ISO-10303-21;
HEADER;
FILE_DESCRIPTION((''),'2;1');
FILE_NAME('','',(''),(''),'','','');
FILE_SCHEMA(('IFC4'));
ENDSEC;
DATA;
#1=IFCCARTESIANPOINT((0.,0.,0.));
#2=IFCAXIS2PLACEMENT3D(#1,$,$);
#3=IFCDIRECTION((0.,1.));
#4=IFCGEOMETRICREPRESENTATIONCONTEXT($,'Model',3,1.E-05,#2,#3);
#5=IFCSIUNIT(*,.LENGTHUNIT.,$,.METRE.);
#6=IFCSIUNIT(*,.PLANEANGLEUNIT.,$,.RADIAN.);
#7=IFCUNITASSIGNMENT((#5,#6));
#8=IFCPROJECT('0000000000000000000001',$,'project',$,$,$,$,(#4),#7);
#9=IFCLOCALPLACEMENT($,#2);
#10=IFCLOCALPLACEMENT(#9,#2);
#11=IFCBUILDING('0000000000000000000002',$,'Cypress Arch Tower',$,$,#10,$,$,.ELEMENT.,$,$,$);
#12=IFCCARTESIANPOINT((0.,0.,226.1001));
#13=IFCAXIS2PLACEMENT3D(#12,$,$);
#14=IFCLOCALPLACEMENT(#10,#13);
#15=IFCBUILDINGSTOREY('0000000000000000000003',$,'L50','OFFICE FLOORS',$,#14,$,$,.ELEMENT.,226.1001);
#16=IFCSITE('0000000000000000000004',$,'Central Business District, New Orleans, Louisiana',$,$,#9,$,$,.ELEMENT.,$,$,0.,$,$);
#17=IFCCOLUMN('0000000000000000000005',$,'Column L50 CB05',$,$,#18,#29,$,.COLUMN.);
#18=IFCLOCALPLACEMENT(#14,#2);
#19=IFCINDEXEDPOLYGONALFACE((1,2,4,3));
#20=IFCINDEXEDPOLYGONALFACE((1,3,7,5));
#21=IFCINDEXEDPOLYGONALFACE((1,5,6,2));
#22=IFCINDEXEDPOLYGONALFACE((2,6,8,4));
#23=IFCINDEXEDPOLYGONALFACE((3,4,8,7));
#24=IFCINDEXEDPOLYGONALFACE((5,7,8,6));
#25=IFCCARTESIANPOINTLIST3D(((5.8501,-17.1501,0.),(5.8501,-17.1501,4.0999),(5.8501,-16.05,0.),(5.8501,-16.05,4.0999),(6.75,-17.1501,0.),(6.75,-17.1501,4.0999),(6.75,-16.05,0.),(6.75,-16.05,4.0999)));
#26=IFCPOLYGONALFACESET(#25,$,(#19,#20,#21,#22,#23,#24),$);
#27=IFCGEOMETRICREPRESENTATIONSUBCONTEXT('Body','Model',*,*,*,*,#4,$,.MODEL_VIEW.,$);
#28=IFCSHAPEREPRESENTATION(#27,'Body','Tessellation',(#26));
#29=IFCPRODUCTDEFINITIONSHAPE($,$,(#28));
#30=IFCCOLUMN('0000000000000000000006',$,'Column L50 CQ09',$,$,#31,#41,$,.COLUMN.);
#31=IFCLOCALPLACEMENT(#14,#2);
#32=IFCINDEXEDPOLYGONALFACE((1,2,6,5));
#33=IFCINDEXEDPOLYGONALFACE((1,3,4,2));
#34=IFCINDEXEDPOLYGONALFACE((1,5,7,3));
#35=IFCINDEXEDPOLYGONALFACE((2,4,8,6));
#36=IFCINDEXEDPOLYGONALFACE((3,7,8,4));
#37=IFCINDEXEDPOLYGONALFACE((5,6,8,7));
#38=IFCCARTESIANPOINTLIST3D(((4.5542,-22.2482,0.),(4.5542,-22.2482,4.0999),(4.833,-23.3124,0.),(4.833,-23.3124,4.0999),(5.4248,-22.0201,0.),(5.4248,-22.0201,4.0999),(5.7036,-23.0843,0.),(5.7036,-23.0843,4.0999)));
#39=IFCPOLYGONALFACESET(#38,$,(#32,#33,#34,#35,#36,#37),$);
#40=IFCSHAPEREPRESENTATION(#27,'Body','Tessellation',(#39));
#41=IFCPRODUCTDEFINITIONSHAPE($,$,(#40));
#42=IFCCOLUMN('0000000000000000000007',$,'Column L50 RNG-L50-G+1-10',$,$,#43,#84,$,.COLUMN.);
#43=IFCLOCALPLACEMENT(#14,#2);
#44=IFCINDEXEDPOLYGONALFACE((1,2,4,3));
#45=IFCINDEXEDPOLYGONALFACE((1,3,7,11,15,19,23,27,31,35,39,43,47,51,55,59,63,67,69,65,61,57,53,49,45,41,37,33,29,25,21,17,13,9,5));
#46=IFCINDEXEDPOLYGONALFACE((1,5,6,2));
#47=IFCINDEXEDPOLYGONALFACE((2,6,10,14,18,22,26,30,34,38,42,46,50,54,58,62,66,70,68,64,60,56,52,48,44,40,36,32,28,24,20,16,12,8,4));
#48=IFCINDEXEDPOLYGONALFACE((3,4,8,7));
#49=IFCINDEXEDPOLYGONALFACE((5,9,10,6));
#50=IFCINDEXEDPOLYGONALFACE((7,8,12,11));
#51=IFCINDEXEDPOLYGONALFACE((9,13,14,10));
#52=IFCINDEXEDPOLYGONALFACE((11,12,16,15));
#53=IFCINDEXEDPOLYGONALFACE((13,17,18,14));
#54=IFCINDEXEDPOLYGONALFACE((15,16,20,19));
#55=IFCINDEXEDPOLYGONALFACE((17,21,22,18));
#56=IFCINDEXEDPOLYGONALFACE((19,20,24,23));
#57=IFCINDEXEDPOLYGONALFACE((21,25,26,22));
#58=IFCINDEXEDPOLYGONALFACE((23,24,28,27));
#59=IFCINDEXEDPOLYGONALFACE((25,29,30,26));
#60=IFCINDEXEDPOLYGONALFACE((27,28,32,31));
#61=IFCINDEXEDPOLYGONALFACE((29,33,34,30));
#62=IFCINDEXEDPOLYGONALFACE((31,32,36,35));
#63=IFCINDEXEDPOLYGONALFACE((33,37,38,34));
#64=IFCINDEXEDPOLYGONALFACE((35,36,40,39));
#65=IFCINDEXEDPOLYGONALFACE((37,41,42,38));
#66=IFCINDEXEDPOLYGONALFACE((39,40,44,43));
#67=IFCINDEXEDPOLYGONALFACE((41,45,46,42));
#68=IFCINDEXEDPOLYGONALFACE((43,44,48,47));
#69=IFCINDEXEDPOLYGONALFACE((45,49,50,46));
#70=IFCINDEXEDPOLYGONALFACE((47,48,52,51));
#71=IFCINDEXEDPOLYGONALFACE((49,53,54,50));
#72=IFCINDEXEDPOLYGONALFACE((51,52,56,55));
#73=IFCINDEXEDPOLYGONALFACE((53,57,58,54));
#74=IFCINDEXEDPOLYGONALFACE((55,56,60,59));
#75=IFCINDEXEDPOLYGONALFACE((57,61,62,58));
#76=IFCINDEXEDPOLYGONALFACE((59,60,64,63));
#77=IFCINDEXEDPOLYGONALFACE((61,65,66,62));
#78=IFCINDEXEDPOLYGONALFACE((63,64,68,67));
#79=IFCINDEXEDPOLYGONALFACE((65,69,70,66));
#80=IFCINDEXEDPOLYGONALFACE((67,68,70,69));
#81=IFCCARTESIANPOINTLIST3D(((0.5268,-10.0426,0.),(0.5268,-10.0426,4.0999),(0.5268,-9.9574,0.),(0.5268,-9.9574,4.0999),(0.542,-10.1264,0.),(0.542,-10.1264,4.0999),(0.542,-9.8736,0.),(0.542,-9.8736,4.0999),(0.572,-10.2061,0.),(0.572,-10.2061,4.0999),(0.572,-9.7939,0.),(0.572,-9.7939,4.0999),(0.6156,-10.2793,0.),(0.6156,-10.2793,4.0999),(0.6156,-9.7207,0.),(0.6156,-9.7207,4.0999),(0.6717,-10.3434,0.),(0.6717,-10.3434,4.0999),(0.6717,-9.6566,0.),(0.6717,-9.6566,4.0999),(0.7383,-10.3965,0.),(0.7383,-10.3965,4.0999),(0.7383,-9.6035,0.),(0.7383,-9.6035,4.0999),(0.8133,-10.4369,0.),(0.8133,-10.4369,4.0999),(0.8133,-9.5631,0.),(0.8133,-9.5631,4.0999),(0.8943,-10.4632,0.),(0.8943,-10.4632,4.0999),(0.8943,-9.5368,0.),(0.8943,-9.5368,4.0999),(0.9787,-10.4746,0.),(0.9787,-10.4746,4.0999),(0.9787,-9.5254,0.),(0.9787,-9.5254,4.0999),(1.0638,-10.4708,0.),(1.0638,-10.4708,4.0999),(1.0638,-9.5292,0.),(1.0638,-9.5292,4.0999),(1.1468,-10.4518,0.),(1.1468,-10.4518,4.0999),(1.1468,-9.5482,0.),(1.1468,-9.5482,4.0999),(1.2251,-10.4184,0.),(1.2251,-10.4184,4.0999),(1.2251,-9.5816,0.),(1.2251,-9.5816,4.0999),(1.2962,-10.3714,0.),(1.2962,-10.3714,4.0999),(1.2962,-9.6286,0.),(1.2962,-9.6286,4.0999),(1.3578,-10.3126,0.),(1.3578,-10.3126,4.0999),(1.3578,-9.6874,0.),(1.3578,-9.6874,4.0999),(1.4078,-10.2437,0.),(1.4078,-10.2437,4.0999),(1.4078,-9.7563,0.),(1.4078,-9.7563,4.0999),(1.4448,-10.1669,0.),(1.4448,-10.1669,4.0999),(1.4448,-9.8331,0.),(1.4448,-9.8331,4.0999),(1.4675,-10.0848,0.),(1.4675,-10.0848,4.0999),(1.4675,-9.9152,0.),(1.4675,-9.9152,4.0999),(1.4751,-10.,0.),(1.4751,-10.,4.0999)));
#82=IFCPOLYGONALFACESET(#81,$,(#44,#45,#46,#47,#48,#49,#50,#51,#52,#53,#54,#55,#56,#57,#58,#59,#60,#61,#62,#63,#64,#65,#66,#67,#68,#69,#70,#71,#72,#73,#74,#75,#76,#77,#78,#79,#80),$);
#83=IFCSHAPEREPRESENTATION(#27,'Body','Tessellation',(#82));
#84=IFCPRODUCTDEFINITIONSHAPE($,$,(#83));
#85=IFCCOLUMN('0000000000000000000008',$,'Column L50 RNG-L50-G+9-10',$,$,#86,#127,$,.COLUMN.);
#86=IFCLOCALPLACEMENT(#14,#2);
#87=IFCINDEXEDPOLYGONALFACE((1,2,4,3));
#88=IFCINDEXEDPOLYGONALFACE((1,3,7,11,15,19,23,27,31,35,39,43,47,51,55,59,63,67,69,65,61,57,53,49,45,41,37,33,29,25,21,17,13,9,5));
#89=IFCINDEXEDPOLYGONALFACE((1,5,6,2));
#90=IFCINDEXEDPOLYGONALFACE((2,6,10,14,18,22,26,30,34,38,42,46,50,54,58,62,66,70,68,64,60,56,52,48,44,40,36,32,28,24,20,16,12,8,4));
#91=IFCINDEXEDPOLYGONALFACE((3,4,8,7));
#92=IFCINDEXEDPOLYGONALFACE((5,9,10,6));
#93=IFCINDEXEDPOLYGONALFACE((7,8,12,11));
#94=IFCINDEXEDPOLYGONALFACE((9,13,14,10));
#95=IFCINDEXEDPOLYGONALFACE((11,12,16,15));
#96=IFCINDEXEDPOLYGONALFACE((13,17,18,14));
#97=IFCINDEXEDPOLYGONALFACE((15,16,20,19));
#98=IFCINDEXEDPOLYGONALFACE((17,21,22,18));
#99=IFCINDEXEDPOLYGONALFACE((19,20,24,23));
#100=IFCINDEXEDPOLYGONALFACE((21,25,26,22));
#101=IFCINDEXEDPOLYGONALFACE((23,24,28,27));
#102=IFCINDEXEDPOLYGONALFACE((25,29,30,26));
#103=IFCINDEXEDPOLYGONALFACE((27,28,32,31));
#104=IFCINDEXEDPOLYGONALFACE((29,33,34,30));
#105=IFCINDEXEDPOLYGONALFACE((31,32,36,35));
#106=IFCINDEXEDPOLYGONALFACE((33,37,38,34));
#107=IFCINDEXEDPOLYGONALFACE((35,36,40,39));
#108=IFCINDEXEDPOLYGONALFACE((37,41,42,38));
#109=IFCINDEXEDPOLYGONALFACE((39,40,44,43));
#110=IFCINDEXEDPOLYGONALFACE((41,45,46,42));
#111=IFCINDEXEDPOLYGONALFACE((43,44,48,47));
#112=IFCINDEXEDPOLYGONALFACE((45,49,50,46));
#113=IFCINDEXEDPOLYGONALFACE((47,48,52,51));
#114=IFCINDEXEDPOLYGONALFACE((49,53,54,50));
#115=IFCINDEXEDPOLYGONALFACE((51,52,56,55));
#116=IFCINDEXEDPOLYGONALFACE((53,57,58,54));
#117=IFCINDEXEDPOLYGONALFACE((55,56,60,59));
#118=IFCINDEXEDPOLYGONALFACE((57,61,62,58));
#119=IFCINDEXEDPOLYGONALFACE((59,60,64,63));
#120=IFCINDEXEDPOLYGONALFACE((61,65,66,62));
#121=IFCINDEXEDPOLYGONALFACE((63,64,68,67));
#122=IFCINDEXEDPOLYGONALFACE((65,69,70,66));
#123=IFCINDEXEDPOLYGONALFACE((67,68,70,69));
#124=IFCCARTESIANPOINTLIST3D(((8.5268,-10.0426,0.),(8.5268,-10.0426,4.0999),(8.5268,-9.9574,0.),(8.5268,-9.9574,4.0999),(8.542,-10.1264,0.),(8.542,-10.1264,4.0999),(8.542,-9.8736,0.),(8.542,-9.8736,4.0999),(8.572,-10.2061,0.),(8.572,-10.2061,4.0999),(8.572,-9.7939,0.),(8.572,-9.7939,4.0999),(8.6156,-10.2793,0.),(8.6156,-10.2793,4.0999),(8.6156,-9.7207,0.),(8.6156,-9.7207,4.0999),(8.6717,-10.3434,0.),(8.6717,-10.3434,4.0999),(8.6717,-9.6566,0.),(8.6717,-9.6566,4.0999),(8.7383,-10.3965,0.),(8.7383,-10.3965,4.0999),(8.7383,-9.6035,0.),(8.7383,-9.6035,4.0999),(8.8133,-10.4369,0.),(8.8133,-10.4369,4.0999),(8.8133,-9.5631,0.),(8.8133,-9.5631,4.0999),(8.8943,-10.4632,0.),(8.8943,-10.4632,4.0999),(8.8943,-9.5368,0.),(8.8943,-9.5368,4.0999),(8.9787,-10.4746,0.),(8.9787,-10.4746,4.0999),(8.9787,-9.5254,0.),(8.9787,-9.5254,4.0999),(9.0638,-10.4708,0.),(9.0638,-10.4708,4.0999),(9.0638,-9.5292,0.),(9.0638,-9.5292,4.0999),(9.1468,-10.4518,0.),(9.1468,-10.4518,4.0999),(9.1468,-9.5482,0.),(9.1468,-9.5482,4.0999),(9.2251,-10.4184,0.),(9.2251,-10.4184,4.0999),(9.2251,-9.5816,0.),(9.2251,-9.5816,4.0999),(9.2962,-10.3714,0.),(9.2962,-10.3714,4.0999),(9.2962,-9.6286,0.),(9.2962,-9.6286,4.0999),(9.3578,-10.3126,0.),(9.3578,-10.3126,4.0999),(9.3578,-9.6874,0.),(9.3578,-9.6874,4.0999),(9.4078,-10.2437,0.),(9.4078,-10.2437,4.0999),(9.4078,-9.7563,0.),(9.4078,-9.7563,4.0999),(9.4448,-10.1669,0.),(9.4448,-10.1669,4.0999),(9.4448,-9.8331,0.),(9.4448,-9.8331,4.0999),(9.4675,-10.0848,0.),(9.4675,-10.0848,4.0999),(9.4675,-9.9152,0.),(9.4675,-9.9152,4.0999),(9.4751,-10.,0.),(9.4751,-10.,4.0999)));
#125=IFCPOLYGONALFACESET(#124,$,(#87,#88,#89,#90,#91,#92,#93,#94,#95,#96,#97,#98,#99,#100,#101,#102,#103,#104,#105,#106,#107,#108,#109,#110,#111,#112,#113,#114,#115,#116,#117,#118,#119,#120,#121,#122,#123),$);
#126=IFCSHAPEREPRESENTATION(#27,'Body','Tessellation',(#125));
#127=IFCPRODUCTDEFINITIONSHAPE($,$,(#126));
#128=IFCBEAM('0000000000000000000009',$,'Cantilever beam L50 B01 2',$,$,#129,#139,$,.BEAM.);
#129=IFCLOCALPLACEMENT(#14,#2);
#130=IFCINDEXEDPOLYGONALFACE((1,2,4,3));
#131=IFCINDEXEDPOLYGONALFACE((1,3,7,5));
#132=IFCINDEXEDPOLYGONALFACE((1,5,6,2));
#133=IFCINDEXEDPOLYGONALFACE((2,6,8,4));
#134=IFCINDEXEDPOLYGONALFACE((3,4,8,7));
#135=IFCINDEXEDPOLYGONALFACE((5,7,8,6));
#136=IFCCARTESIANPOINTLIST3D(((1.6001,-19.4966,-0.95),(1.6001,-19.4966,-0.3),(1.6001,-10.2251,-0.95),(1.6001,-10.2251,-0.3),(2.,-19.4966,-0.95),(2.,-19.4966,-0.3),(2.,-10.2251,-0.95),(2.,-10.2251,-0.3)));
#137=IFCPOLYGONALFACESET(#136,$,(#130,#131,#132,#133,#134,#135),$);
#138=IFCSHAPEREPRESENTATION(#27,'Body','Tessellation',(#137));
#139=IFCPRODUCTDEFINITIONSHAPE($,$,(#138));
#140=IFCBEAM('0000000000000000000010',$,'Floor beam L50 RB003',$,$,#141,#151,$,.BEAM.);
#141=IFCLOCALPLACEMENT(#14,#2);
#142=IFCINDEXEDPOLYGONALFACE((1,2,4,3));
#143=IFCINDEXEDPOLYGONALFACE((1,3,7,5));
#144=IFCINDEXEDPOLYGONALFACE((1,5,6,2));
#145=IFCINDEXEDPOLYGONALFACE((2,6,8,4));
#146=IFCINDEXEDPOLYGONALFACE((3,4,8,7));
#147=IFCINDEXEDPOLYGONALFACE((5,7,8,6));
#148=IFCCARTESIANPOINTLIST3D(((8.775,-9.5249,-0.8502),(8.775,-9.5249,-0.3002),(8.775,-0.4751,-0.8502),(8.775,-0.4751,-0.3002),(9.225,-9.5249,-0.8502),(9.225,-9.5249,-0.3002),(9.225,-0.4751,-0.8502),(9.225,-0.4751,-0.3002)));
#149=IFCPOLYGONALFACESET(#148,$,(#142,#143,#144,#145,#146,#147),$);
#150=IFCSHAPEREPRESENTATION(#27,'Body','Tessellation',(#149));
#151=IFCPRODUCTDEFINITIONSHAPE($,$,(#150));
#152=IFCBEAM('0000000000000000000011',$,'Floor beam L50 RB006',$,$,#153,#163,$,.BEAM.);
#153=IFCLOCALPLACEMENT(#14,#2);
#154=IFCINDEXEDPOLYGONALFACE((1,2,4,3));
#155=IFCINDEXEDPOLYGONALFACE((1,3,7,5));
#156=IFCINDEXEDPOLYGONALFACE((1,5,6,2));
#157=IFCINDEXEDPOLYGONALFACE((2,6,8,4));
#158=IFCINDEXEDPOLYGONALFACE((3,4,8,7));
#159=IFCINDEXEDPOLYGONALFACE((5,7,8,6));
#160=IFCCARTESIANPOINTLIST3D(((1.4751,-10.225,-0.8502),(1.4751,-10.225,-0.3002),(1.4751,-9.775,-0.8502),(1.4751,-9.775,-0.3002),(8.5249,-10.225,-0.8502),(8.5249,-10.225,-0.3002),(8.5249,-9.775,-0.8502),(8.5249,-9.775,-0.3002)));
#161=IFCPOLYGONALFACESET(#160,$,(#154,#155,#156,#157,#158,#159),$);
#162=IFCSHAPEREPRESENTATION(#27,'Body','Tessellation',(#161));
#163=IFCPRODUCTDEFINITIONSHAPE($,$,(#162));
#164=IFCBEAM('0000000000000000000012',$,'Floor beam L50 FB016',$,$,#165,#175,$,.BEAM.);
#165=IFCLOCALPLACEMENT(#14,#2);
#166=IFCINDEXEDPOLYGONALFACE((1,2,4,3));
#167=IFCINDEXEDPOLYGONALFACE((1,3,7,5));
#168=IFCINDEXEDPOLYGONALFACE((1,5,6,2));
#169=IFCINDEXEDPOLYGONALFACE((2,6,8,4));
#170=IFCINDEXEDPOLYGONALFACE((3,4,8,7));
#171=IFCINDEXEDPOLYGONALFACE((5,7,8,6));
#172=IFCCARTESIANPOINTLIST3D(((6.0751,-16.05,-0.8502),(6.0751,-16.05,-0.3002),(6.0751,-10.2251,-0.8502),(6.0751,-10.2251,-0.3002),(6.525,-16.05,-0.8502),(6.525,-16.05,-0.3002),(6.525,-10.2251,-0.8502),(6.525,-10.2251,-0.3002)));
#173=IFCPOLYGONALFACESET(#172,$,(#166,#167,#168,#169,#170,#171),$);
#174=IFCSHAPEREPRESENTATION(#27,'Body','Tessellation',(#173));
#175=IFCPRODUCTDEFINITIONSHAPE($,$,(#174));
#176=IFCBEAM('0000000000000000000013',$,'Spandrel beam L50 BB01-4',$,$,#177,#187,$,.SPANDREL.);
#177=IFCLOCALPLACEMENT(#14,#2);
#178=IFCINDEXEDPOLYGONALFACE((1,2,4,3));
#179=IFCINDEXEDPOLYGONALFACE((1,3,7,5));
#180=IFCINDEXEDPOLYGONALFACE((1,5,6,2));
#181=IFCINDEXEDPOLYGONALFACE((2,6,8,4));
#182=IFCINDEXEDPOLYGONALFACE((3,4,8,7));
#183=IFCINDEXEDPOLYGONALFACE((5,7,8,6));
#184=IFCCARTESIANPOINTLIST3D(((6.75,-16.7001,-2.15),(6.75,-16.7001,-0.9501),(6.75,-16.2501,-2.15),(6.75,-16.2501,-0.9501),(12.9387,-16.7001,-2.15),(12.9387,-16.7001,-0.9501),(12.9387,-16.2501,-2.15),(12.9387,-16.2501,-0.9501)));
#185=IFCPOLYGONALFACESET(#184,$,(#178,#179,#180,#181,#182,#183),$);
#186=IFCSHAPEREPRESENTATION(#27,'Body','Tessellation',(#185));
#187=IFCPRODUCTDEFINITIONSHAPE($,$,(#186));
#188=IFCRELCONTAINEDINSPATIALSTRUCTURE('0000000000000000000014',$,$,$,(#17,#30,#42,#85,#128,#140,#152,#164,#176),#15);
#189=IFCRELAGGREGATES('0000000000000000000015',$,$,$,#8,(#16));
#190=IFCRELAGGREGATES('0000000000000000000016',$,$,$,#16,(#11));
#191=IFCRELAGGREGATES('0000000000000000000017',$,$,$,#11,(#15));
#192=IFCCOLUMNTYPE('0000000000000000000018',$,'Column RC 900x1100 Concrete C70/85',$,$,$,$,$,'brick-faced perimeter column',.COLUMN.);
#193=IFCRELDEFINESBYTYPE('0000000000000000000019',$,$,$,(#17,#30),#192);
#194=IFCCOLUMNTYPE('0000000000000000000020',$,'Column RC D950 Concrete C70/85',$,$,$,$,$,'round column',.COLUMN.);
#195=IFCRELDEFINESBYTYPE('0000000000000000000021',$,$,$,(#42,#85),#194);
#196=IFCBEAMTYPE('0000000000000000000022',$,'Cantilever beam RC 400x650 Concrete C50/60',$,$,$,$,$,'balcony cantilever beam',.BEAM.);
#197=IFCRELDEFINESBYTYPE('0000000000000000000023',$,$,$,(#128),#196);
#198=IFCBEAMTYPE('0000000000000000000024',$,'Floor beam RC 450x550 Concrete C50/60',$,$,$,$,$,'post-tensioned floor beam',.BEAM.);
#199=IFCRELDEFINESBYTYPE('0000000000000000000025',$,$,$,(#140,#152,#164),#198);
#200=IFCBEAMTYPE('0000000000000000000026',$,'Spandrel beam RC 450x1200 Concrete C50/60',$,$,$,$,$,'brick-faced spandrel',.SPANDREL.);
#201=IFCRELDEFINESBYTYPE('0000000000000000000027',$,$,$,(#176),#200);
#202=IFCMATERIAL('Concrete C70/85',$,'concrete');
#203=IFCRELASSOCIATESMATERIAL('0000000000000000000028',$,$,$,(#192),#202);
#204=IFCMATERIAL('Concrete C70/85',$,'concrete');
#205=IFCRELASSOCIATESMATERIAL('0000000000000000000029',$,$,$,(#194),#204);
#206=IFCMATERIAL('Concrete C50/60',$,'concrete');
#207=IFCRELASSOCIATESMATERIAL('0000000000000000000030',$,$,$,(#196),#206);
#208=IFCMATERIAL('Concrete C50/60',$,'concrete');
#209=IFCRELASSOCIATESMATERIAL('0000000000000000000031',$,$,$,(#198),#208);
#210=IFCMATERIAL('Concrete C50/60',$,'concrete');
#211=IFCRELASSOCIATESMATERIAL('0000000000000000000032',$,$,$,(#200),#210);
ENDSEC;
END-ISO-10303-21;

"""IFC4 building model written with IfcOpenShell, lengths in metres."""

from ifc_helpers import new_model, si_unit, direction, frame, origin, origin_2d, place, context, subcontext, project, spatial, rectangle, circle, extrude, material, material_profile, profile_set, type_object, element, save


model = new_model("IFC4")

# Units and contexts
model_context = context("Model", 3, precision=1e-05, world=origin(), true_north=direction((0.0, 1.0)))
body_context = subcontext(model_context, "Body", "Model", "MODEL_VIEW")
ifc_project = project(units=[si_unit("LENGTHUNIT", "METRE"), si_unit("PLANEANGLEUNIT", "RADIAN")], contexts=[model_context])

# Site, building, storey
site_placement = place(None, origin())
site = spatial("IfcSite", under=ifc_project, at=site_placement, Name="Central Business District, New Orleans, Louisiana", CompositionType="ELEMENT", RefElevation=0.0)
building_placement = place(site_placement, origin())
building = spatial("IfcBuilding", under=site, at=building_placement, Name="Cypress Arch Tower", CompositionType="ELEMENT")
storey_placement = place(building_placement, frame((0.0, 0.0, 226.1001)))
storey = spatial("IfcBuildingStorey", under=building, at=storey_placement, Name="L50", Description="OFFICE FLOORS", CompositionType="ELEMENT", Elevation=226.1001)

# Columns
ifc_material_1 = material(Name="Concrete C70/85", Category="concrete")
ifc_material_profile_1 = material_profile(ifc_material_1, rectangle(XDim=0.8999, YDim=1.1001, at=origin_2d()), Name="RC 900x1100")
ifc_profile_set_1 = profile_set([ifc_material_profile_1], Name="Concrete C70/85")
column_type_1 = type_object("IfcColumnType", Name="Column RC 900x1100 Concrete C70/85", ElementType="brick-faced perimeter column", PredefinedType="COLUMN", material=ifc_profile_set_1)
for number, where, z_axis, x_axis, name in (
    (1, (6.3, -16.6001, 0.0), (0.0, 0.0, 1.0), (1.0, 0.0, 0.0), "Column L50 CB05"),
    (2, (5.1289, -22.6663, 0.0), (0.0, 0.0, 1.0), (0.967356, 0.253422, 0.0), "Column L50 CQ09"),
):
    element("IfcColumn", number, at=place(storey_placement, frame(where, z_axis=z_axis, x_axis=x_axis)), inside=storey, type_object=column_type_1, Name=name, PredefinedType="COLUMN", context=body_context, shape_type="SweptSolid", body=[
        extrude(rectangle(XDim=0.8999, YDim=1.1001, at=origin_2d()), origin(), (0.0, 0.0, 1.0), 4.0999),
    ])
ifc_material_2 = material(Name="Concrete C70/85", Category="concrete")
ifc_material_profile_2 = material_profile(ifc_material_2, circle(Radius=0.4751, at=origin_2d()), Name="RC D950")
ifc_profile_set_2 = profile_set([ifc_material_profile_2], Name="Concrete C70/85")
column_type_2 = type_object("IfcColumnType", Name="Column RC D950 Concrete C70/85", ElementType="round column", PredefinedType="COLUMN", material=ifc_profile_set_2)
for number, where, z_axis, x_axis, name in (
    (3, (1.0, -10.0, 0.0), (0.0, 0.0, 1.0), (1.0, 0.0, 0.0), "Column L50 RNG-L50-G+1-10"),
    (4, (9.0, -10.0, 0.0), (0.0, 0.0, 1.0), (1.0, 0.0, 0.0), "Column L50 RNG-L50-G+9-10"),
):
    element("IfcColumn", number, at=place(storey_placement, frame(where, z_axis=z_axis, x_axis=x_axis)), inside=storey, type_object=column_type_2, Name=name, PredefinedType="COLUMN", context=body_context, shape_type="SweptSolid", body=[
        extrude(circle(Radius=0.4751, at=origin_2d()), origin(), (0.0, 0.0, 1.0), 4.0999),
    ])

# Beams
ifc_material_3 = material(Name="Concrete C50/60", Category="concrete")
ifc_material_profile_3 = material_profile(ifc_material_3, rectangle(XDim=0.3999, YDim=0.6499, at=origin_2d()), Name="RC 400x650")
ifc_profile_set_3 = profile_set([ifc_material_profile_3], Name="Concrete C50/60")
beam_type_1 = type_object("IfcBeamType", Name="Cantilever beam RC 400x650 Concrete C50/60", ElementType="balcony cantilever beam", PredefinedType="BEAM", material=ifc_profile_set_3)
beam_1_placement = place(storey_placement, frame((1.8, -10.2251, -0.625), z_axis=(0.0, -1.0, 0.0), x_axis=(1.0, 0.0, 0.0)))
element("IfcBeam", 5, at=beam_1_placement, inside=storey, type_object=beam_type_1, Name="Cantilever beam L50 B01 2", PredefinedType="BEAM", context=body_context, shape_type="SweptSolid", body=[
    extrude(rectangle(XDim=0.3999, YDim=0.6499, at=origin_2d()), origin(), (0.0, 0.0, 1.0), 9.2715),
])
ifc_material_4 = material(Name="Concrete C50/60", Category="concrete")
ifc_material_profile_4 = material_profile(ifc_material_4, rectangle(XDim=0.45, YDim=0.55, at=origin_2d()), Name="RC 450x550")
ifc_profile_set_4 = profile_set([ifc_material_profile_4], Name="Concrete C50/60")
beam_type_2 = type_object("IfcBeamType", Name="Floor beam RC 450x550 Concrete C50/60", ElementType="post-tensioned floor beam", PredefinedType="BEAM", material=ifc_profile_set_4)
beam_2_placement = place(storey_placement, frame((9.0, -9.5249, -0.5752), z_axis=(0.0, 1.0, 0.0), x_axis=(-1.0, 0.0, 0.0)))
element("IfcBeam", 6, at=beam_2_placement, inside=storey, type_object=beam_type_2, Name="Floor beam L50 RB003", PredefinedType="BEAM", context=body_context, shape_type="SweptSolid", body=[
    extrude(rectangle(XDim=0.45, YDim=0.55, at=origin_2d()), origin(), (0.0, 0.0, 1.0), 9.0498),
])
beam_3_placement = place(storey_placement, frame((1.4751, -10.0, -0.5752), z_axis=(1.0, 0.0, 0.0), x_axis=(0.0, 1.0, 0.0)))
element("IfcBeam", 7, at=beam_3_placement, inside=storey, type_object=beam_type_2, Name="Floor beam L50 RB006", PredefinedType="BEAM", context=body_context, shape_type="SweptSolid", body=[
    extrude(rectangle(XDim=0.45, YDim=0.55, at=origin_2d()), origin(), (0.0, 0.0, 1.0), 7.0498),
])
beam_4_placement = place(storey_placement, frame((6.3, -16.05, -0.5752), z_axis=(0.0, 1.0, 0.0), x_axis=(-1.0, 0.0, 0.0)))
element("IfcBeam", 8, at=beam_4_placement, inside=storey, type_object=beam_type_2, Name="Floor beam L50 FB016", PredefinedType="BEAM", context=body_context, shape_type="SweptSolid", body=[
    extrude(rectangle(XDim=0.45, YDim=0.55, at=origin_2d()), origin(), (0.0, 0.0, 1.0), 5.825),
])
ifc_material_5 = material(Name="Concrete C50/60", Category="concrete")
ifc_material_profile_5 = material_profile(ifc_material_5, rectangle(XDim=0.45, YDim=1.2, at=origin_2d()), Name="RC 450x1200")
ifc_profile_set_5 = profile_set([ifc_material_profile_5], Name="Concrete C50/60")
beam_type_3 = type_object("IfcBeamType", Name="Spandrel beam RC 450x1200 Concrete C50/60", ElementType="brick-faced spandrel", PredefinedType="SPANDREL", material=ifc_profile_set_5)
beam_5_placement = place(storey_placement, frame((6.75, -16.4751, -1.55), z_axis=(1.0, 0.0, 0.0), x_axis=(0.0, 1.0, 0.0)))
element("IfcBeam", 9, at=beam_5_placement, inside=storey, type_object=beam_type_3, Name="Spandrel beam L50 BB01-4", PredefinedType="SPANDREL", context=body_context, shape_type="SweptSolid", body=[
    extrude(rectangle(XDim=0.45, YDim=1.2, at=origin_2d()), origin(), (0.0, 0.0, 1.0), 6.1887),
])

save(model, "model.ifc")
